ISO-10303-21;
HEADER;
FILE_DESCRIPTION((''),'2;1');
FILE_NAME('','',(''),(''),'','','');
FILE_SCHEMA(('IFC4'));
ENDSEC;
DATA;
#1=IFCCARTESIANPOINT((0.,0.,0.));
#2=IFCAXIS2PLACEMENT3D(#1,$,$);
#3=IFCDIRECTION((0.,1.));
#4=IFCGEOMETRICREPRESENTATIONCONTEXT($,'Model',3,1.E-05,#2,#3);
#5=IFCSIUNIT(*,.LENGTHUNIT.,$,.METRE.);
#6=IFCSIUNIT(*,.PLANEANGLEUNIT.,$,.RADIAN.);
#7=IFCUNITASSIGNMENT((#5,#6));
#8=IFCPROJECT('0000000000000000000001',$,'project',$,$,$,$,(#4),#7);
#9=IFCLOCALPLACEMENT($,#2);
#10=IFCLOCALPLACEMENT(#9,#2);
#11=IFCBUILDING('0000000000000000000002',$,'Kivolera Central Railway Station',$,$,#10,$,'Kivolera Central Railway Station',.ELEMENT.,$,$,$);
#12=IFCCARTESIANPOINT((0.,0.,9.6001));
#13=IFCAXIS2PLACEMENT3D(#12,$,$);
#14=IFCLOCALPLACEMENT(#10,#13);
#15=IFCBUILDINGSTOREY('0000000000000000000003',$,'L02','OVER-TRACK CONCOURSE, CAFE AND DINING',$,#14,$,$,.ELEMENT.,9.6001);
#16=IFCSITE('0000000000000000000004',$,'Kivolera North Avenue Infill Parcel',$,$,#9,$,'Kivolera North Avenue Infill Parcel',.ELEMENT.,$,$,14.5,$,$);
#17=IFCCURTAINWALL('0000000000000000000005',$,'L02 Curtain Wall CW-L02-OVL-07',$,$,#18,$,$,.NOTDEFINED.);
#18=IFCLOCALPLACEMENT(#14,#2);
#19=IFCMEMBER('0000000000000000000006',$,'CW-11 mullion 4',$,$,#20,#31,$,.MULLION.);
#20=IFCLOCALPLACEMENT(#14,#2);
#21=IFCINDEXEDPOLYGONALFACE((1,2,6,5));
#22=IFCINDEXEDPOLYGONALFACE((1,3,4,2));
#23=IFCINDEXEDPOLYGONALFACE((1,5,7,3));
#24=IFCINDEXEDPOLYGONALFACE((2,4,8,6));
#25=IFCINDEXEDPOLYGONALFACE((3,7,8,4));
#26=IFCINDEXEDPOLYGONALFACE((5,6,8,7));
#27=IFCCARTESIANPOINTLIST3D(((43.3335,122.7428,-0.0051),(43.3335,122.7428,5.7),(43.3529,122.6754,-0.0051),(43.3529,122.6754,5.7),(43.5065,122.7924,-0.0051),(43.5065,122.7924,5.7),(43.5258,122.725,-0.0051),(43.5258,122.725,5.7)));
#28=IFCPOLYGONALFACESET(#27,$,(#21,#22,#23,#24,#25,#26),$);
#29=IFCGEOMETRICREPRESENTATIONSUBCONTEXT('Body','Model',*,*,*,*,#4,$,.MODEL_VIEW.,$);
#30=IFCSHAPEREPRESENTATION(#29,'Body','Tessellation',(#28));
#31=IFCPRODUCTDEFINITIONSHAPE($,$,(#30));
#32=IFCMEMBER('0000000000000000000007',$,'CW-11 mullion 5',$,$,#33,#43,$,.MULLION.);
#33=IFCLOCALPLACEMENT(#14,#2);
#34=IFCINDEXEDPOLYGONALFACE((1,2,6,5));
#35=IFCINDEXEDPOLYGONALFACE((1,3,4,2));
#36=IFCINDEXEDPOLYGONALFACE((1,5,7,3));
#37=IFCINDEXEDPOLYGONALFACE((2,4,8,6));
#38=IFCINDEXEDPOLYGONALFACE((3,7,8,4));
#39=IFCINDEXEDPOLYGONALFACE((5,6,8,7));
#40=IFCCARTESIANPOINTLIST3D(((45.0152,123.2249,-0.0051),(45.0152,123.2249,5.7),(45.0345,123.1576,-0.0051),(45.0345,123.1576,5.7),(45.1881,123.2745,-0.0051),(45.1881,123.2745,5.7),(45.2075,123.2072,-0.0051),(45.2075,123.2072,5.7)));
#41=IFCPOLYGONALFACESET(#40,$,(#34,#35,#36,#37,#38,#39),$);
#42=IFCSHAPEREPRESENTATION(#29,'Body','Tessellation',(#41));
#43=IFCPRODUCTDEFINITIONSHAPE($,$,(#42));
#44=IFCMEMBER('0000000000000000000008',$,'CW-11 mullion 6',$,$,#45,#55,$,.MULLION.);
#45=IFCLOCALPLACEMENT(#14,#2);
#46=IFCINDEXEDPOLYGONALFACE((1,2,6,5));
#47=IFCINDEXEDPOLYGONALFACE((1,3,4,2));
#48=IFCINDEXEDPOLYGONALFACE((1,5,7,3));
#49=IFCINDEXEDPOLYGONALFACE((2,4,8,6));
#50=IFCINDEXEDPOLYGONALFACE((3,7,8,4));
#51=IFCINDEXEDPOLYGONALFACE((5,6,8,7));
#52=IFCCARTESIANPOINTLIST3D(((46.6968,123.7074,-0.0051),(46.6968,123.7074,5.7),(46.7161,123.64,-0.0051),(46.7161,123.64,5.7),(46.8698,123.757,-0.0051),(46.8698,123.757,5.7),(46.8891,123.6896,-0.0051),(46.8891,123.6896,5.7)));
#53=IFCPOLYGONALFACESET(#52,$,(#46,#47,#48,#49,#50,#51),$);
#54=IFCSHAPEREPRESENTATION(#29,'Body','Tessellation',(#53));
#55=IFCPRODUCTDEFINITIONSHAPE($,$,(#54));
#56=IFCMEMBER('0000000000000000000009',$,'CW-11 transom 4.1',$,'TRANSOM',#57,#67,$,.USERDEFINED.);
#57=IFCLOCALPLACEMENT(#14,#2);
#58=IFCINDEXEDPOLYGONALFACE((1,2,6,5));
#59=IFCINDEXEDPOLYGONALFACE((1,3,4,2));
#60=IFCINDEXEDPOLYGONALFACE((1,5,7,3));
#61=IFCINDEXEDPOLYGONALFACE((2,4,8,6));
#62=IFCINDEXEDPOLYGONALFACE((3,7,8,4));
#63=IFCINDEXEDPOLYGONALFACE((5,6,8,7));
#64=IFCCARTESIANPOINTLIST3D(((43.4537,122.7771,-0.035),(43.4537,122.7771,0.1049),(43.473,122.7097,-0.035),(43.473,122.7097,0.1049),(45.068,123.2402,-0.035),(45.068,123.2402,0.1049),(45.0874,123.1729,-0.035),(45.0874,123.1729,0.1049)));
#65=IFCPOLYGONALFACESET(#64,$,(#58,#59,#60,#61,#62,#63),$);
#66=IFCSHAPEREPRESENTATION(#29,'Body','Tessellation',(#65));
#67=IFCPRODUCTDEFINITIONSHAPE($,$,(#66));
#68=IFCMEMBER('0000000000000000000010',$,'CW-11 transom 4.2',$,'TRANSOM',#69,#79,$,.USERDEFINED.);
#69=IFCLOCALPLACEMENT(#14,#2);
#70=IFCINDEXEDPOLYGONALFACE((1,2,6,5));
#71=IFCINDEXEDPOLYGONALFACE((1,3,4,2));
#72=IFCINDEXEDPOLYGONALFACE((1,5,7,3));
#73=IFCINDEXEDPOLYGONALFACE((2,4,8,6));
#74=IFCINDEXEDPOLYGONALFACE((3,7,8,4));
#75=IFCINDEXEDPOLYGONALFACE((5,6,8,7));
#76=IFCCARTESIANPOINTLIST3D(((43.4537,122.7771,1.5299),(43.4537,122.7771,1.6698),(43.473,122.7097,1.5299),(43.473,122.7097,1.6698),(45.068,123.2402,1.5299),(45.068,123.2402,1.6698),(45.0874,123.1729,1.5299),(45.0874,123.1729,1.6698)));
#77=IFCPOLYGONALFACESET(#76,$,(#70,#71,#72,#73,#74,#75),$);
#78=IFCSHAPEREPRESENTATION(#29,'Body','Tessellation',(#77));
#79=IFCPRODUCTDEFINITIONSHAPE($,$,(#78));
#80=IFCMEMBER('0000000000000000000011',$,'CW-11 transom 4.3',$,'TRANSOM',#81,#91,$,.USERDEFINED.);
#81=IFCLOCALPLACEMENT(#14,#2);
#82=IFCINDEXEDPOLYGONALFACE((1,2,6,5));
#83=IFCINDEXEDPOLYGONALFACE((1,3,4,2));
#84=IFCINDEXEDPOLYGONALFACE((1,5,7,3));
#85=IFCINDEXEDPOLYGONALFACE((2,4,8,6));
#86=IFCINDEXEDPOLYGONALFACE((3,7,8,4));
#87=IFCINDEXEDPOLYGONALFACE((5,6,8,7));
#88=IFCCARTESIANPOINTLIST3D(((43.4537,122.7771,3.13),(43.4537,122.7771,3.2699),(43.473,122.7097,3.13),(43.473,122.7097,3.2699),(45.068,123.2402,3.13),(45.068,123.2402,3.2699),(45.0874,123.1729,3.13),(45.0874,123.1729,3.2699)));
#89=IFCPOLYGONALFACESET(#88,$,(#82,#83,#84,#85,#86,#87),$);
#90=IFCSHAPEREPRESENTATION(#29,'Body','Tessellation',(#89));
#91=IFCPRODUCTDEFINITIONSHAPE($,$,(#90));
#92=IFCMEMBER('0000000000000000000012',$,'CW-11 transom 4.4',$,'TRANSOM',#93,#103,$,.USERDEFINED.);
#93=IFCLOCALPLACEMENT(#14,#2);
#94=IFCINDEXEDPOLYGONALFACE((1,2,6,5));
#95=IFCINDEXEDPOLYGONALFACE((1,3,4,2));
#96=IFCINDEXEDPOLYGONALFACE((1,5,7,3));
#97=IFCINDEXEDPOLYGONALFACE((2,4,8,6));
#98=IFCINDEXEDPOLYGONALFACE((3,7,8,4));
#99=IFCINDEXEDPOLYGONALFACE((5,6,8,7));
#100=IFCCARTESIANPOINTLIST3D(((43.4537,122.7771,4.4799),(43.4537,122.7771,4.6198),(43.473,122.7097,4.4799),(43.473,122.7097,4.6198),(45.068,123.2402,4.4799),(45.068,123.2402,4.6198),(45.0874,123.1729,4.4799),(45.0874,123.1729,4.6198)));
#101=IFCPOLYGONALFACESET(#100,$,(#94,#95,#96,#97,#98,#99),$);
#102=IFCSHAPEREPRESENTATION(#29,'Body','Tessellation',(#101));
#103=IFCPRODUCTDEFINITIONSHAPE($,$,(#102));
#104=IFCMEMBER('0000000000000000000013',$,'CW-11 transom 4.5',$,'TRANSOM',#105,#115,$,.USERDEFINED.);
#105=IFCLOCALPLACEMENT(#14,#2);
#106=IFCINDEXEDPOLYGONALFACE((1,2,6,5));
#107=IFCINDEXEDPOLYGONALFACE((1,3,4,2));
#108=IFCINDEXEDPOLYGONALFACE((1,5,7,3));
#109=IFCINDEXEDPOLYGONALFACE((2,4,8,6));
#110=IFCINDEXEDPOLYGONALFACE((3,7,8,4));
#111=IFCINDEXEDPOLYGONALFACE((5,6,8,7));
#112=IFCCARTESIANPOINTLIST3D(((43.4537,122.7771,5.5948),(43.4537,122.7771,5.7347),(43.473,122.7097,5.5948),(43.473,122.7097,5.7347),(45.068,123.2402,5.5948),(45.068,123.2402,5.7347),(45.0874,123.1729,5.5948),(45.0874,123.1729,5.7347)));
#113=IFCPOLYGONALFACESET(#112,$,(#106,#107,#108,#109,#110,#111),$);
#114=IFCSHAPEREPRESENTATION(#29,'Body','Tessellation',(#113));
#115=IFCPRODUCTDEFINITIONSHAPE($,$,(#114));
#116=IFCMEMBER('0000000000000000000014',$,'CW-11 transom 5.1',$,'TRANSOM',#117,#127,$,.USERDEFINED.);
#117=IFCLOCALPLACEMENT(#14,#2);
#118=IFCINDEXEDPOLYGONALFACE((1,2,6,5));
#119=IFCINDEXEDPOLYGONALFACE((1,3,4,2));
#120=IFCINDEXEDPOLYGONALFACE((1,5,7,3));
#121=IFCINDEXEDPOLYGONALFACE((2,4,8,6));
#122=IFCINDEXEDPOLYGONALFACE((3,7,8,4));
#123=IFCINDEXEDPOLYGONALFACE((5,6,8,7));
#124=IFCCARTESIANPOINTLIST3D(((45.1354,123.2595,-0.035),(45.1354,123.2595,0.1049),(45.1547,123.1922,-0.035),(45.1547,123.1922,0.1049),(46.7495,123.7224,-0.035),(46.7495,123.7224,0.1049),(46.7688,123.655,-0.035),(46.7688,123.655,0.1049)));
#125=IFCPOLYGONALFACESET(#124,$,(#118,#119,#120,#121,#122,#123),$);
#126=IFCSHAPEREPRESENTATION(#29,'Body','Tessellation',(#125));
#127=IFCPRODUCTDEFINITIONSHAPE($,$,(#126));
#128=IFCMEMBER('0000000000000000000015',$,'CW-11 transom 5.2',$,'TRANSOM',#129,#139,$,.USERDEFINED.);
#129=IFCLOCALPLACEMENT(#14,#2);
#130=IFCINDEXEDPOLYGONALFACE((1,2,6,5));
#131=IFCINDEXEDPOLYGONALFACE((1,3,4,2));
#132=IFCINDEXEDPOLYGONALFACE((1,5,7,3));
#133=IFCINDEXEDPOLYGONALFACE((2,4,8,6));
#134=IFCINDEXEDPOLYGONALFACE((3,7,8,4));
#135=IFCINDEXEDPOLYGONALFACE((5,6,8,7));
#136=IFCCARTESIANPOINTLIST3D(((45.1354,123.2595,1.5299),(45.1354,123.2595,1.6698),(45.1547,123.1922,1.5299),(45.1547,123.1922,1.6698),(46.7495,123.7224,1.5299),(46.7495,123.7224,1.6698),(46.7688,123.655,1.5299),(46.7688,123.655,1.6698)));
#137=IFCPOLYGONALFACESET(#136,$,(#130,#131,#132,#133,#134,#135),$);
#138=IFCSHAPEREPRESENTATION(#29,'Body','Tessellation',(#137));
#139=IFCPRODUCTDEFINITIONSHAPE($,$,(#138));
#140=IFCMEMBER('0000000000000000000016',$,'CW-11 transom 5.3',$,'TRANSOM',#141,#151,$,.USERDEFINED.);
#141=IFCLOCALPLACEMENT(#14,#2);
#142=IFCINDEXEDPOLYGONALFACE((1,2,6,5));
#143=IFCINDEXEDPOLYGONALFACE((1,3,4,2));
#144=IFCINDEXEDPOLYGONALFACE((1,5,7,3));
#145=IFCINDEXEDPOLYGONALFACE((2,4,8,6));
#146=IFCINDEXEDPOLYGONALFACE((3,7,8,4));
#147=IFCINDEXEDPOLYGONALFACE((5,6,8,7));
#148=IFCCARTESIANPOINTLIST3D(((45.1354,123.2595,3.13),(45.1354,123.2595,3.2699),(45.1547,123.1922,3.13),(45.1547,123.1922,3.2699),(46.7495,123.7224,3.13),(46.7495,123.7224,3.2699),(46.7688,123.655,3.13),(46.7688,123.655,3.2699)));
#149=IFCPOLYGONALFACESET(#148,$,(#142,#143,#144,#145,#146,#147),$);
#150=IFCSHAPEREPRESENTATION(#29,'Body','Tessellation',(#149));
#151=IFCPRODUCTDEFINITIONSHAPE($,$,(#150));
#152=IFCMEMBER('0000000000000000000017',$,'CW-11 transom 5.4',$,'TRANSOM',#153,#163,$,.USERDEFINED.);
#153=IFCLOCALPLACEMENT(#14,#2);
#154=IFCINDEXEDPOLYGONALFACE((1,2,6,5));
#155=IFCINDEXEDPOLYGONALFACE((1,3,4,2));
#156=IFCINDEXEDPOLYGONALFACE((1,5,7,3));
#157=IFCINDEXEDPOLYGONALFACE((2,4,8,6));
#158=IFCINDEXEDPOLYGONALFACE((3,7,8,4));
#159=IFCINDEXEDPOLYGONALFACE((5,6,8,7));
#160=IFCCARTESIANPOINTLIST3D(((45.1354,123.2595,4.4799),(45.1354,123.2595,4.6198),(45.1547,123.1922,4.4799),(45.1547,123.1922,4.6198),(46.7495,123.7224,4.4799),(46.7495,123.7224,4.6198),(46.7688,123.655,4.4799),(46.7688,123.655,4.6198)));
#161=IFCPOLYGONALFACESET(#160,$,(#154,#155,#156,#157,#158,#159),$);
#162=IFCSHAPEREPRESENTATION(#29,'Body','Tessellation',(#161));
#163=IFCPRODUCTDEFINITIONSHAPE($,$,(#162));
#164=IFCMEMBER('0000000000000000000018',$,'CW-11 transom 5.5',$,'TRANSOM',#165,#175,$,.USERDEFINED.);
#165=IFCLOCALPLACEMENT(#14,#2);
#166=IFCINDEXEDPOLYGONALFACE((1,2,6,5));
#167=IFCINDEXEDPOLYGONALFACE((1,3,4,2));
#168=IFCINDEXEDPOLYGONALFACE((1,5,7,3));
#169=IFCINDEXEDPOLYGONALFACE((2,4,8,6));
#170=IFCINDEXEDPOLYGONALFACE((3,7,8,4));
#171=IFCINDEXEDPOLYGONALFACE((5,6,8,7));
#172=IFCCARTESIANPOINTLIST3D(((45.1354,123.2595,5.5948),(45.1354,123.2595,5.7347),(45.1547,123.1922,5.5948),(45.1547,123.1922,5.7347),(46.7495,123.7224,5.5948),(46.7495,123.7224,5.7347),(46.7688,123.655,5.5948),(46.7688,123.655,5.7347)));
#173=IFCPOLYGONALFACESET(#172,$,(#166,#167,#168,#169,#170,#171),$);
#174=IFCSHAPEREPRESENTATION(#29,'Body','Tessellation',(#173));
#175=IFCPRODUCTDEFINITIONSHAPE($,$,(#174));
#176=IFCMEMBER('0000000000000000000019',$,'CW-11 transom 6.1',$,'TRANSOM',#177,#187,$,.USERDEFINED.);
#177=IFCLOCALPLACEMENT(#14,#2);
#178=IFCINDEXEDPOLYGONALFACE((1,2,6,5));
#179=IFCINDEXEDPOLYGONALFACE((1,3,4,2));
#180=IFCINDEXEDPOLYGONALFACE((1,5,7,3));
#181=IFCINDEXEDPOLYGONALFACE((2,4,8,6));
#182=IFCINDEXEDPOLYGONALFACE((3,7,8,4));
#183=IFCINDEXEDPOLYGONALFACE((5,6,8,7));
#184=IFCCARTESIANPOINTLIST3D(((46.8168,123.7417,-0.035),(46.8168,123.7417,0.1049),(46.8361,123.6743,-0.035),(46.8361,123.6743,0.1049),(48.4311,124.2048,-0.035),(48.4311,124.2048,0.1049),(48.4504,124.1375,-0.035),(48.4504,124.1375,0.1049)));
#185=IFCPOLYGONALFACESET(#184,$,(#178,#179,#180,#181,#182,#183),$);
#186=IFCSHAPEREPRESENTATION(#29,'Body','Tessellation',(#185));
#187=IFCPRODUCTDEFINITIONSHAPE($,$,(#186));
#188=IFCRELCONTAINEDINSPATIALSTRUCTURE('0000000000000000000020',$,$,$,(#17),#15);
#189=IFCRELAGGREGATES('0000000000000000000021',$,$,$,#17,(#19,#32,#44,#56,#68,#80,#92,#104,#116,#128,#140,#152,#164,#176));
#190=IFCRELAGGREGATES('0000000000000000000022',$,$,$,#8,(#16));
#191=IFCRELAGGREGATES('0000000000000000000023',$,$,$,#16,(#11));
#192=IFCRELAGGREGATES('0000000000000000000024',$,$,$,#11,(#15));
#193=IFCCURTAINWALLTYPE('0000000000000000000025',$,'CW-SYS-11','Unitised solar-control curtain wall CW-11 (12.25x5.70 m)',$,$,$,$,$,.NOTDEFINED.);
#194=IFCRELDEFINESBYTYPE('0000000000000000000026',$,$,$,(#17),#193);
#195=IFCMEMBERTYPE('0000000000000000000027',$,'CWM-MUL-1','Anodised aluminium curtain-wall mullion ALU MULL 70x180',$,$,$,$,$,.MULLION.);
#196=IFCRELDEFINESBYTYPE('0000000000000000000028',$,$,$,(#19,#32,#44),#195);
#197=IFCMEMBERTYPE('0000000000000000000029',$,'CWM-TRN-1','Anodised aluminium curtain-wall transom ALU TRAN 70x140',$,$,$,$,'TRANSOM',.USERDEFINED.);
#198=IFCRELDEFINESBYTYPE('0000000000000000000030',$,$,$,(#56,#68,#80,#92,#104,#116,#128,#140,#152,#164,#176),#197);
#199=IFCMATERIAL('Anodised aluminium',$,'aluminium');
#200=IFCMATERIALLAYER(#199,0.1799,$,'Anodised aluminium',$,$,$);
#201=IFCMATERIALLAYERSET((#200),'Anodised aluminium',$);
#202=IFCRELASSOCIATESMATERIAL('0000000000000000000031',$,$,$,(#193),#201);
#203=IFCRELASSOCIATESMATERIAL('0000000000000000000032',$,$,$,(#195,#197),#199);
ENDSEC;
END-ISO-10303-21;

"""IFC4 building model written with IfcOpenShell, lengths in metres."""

from ifc_helpers import new_model, si_unit, direction, frame, origin, origin_2d, place, context, subcontext, project, spatial, rectangle, extrude, material, layer, layer_set, material_profile, profile_set, type_object, element, aggregate, save


model = new_model("IFC4")

# Units and contexts
model_context = context("Model", 3, precision=1e-05, world=origin(), true_north=direction((0.0, 1.0)))
body_context = subcontext(model_context, "Body", "Model", "MODEL_VIEW")
ifc_project = project(units=[si_unit("LENGTHUNIT", "METRE"), si_unit("PLANEANGLEUNIT", "RADIAN")], contexts=[model_context])

# Site, building, storey
site_placement = place(None, origin())
site = spatial("IfcSite", under=ifc_project, at=site_placement, Name="Kivolera North Avenue Infill Parcel", LongName="Kivolera North Avenue Infill Parcel", CompositionType="ELEMENT", RefElevation=14.5)
building_placement = place(site_placement, origin())
building = spatial("IfcBuilding", under=site, at=building_placement, Name="Kivolera Central Railway Station", LongName="Kivolera Central Railway Station", CompositionType="ELEMENT")
storey_placement = place(building_placement, frame((0.0, 0.0, 9.6001)))
storey = spatial("IfcBuildingStorey", under=building, at=storey_placement, Name="L02", Description="OVER-TRACK CONCOURSE, CAFE AND DINING", CompositionType="ELEMENT", Elevation=9.6001)

# Curtain wall, members
ifc_material_1 = material(Name="Anodised aluminium", Category="aluminium")
ifc_layer_1 = layer(ifc_material_1, 0.1799, Name="Anodised aluminium")
ifc_layer_set_1 = layer_set([ifc_layer_1], Name="Anodised aluminium")
curtain_wall_type = type_object("IfcCurtainWallType", Name="CW-SYS-11", Description="Unitised solar-control curtain wall CW-11 (12.25x5.70 m)", PredefinedType="NOTDEFINED", material=ifc_layer_set_1)
curtain_wall_placement = place(storey_placement, origin())
curtain_wall = element("IfcCurtainWall", 1, at=curtain_wall_placement, inside=storey, type_object=curtain_wall_type, Name="L02 Curtain Wall CW-L02-OVL-07", PredefinedType="NOTDEFINED")
ifc_material_profile_1 = material_profile(ifc_material_1, rectangle(XDim=0.0701, YDim=0.1799, at=origin_2d()), Name="ALU MULL 70x180")
ifc_profile_set_1 = profile_set([ifc_material_profile_1], Name="Anodised aluminium")
member_type_1 = type_object("IfcMemberType", Name="CWM-MUL-1", Description="Anodised aluminium curtain-wall mullion ALU MULL 70x180", PredefinedType="MULLION", material=ifc_profile_set_1)
member_1_placement = place(storey_placement, frame((43.4297, 122.7339, -0.0051), z_axis=(0.0, 0.0, 1.0), x_axis=(-0.275692, 0.961246, 0.0)))
member_1 = element("IfcMember", 2, at=member_1_placement, type_object=member_type_1, Name="CW-11 mullion 4", PredefinedType="MULLION", context=body_context, shape_type="SweptSolid", body=[
    extrude(rectangle(XDim=0.0701, YDim=0.1799, at=origin_2d()), origin(), (0.0, 0.0, 1.0), 5.7051),
])
member_2_placement = place(storey_placement, frame((45.1113, 123.2161, -0.0051), z_axis=(0.0, 0.0, 1.0), x_axis=(-0.275692, 0.961246, 0.0)))
member_2 = element("IfcMember", 3, at=member_2_placement, type_object=member_type_1, Name="CW-11 mullion 5", PredefinedType="MULLION", context=body_context, shape_type="SweptSolid", body=[
    extrude(rectangle(XDim=0.0701, YDim=0.1799, at=origin_2d()), origin(), (0.0, 0.0, 1.0), 5.7051),
])
member_3_placement = place(storey_placement, frame((46.793, 123.6985, -0.0051), z_axis=(0.0, 0.0, 1.0), x_axis=(-0.275692, 0.961246, 0.0)))
member_3 = element("IfcMember", 4, at=member_3_placement, type_object=member_type_1, Name="CW-11 mullion 6", PredefinedType="MULLION", context=body_context, shape_type="SweptSolid", body=[
    extrude(rectangle(XDim=0.0701, YDim=0.1799, at=origin_2d()), origin(), (0.0, 0.0, 1.0), 5.7051),
])
ifc_material_profile_2 = material_profile(ifc_material_1, rectangle(XDim=0.0701, YDim=0.1399, at=origin_2d()), Name="ALU TRAN 70x140")
ifc_profile_set_2 = profile_set([ifc_material_profile_2], Name="Anodised aluminium")
member_type_2 = type_object("IfcMemberType", Name="CWM-TRN-1", Description="Anodised aluminium curtain-wall transom ALU TRAN 70x140", ElementType="TRANSOM", PredefinedType="USERDEFINED", material=ifc_profile_set_2)
member_4_placement = place(storey_placement, frame((43.4634, 122.7434, 0.0349), z_axis=(0.961222, 0.275777, 0.0), x_axis=(-0.275777, 0.961222, 0.0)))
member_4 = element("IfcMember", 5, at=member_4_placement, type_object=member_type_2, Name="CW-11 transom 4.1", ObjectType="TRANSOM", PredefinedType="USERDEFINED", context=body_context, shape_type="SweptSolid", body=[
    extrude(rectangle(XDim=0.0701, YDim=0.1399, at=origin_2d()), origin(), (0.0, 0.0, 1.0), 1.6794),
])
member_5_placement = place(storey_placement, frame((43.4634, 122.7434, 1.5999), z_axis=(0.961222, 0.275777, 0.0), x_axis=(-0.275777, 0.961222, 0.0)))
member_5 = element("IfcMember", 6, at=member_5_placement, type_object=member_type_2, Name="CW-11 transom 4.2", ObjectType="TRANSOM", PredefinedType="USERDEFINED", context=body_context, shape_type="SweptSolid", body=[
    extrude(rectangle(XDim=0.0701, YDim=0.1399, at=origin_2d()), origin(), (0.0, 0.0, 1.0), 1.6794),
])
member_6_placement = place(storey_placement, frame((43.4634, 122.7434, 3.2), z_axis=(0.961222, 0.275777, 0.0), x_axis=(-0.275777, 0.961222, 0.0)))
member_6 = element("IfcMember", 7, at=member_6_placement, type_object=member_type_2, Name="CW-11 transom 4.3", ObjectType="TRANSOM", PredefinedType="USERDEFINED", context=body_context, shape_type="SweptSolid", body=[
    extrude(rectangle(XDim=0.0701, YDim=0.1399, at=origin_2d()), origin(), (0.0, 0.0, 1.0), 1.6794),
])
member_7_placement = place(storey_placement, frame((43.4634, 122.7434, 4.5498), z_axis=(0.961222, 0.275777, 0.0), x_axis=(-0.275777, 0.961222, 0.0)))
member_7 = element("IfcMember", 8, at=member_7_placement, type_object=member_type_2, Name="CW-11 transom 4.4", ObjectType="TRANSOM", PredefinedType="USERDEFINED", context=body_context, shape_type="SweptSolid", body=[
    extrude(rectangle(XDim=0.0701, YDim=0.1399, at=origin_2d()), origin(), (0.0, 0.0, 1.0), 1.6794),
])
member_8_placement = place(storey_placement, frame((43.4634, 122.7434, 5.6648), z_axis=(0.961222, 0.275777, 0.0), x_axis=(-0.275777, 0.961222, 0.0)))
member_8 = element("IfcMember", 9, at=member_8_placement, type_object=member_type_2, Name="CW-11 transom 4.5", ObjectType="TRANSOM", PredefinedType="USERDEFINED", context=body_context, shape_type="SweptSolid", body=[
    extrude(rectangle(XDim=0.0701, YDim=0.1399, at=origin_2d()), origin(), (0.0, 0.0, 1.0), 1.6794),
])
member_9_placement = place(storey_placement, frame((45.145, 123.2258, 0.0349), z_axis=(0.96126, 0.275643, 0.0), x_axis=(-0.275643, 0.96126, 0.0)))
member_9 = element("IfcMember", 10, at=member_9_placement, type_object=member_type_2, Name="CW-11 transom 5.1", ObjectType="TRANSOM", PredefinedType="USERDEFINED", context=body_context, shape_type="SweptSolid", body=[
    extrude(rectangle(XDim=0.0701, YDim=0.1399, at=origin_2d()), origin(), (0.0, 0.0, 1.0), 1.6792),
])
member_10_placement = place(storey_placement, frame((45.145, 123.2258, 1.5999), z_axis=(0.96126, 0.275643, 0.0), x_axis=(-0.275643, 0.96126, 0.0)))
member_10 = element("IfcMember", 11, at=member_10_placement, type_object=member_type_2, Name="CW-11 transom 5.2", ObjectType="TRANSOM", PredefinedType="USERDEFINED", context=body_context, shape_type="SweptSolid", body=[
    extrude(rectangle(XDim=0.0701, YDim=0.1399, at=origin_2d()), origin(), (0.0, 0.0, 1.0), 1.6792),
])
member_11_placement = place(storey_placement, frame((45.145, 123.2258, 3.2), z_axis=(0.96126, 0.275643, 0.0), x_axis=(-0.275643, 0.96126, 0.0)))
member_11 = element("IfcMember", 12, at=member_11_placement, type_object=member_type_2, Name="CW-11 transom 5.3", ObjectType="TRANSOM", PredefinedType="USERDEFINED", context=body_context, shape_type="SweptSolid", body=[
    extrude(rectangle(XDim=0.0701, YDim=0.1399, at=origin_2d()), origin(), (0.0, 0.0, 1.0), 1.6792),
])
member_12_placement = place(storey_placement, frame((45.145, 123.2258, 4.5498), z_axis=(0.96126, 0.275643, 0.0), x_axis=(-0.275643, 0.96126, 0.0)))
member_12 = element("IfcMember", 13, at=member_12_placement, type_object=member_type_2, Name="CW-11 transom 5.4", ObjectType="TRANSOM", PredefinedType="USERDEFINED", context=body_context, shape_type="SweptSolid", body=[
    extrude(rectangle(XDim=0.0701, YDim=0.1399, at=origin_2d()), origin(), (0.0, 0.0, 1.0), 1.6792),
])
member_13_placement = place(storey_placement, frame((45.145, 123.2258, 5.6648), z_axis=(0.96126, 0.275643, 0.0), x_axis=(-0.275643, 0.96126, 0.0)))
member_13 = element("IfcMember", 14, at=member_13_placement, type_object=member_type_2, Name="CW-11 transom 5.5", ObjectType="TRANSOM", PredefinedType="USERDEFINED", context=body_context, shape_type="SweptSolid", body=[
    extrude(rectangle(XDim=0.0701, YDim=0.1399, at=origin_2d()), origin(), (0.0, 0.0, 1.0), 1.6792),
])
member_14_placement = place(storey_placement, frame((46.8264, 123.708, 0.0349), z_axis=(0.961222, 0.275777, 0.0), x_axis=(-0.275777, 0.961222, 0.0)))
member_14 = element("IfcMember", 15, at=member_14_placement, type_object=member_type_2, Name="CW-11 transom 6.1", ObjectType="TRANSOM", PredefinedType="USERDEFINED", context=body_context, shape_type="SweptSolid", body=[
    extrude(rectangle(XDim=0.0701, YDim=0.1399, at=origin_2d()), origin(), (0.0, 0.0, 1.0), 1.6794),
])
aggregate(curtain_wall, [member_1, member_2, member_3, member_4, member_5, member_6, member_7, member_8, member_9, member_10, member_11, member_12, member_13, member_14])

save(model, "model.ifc")
